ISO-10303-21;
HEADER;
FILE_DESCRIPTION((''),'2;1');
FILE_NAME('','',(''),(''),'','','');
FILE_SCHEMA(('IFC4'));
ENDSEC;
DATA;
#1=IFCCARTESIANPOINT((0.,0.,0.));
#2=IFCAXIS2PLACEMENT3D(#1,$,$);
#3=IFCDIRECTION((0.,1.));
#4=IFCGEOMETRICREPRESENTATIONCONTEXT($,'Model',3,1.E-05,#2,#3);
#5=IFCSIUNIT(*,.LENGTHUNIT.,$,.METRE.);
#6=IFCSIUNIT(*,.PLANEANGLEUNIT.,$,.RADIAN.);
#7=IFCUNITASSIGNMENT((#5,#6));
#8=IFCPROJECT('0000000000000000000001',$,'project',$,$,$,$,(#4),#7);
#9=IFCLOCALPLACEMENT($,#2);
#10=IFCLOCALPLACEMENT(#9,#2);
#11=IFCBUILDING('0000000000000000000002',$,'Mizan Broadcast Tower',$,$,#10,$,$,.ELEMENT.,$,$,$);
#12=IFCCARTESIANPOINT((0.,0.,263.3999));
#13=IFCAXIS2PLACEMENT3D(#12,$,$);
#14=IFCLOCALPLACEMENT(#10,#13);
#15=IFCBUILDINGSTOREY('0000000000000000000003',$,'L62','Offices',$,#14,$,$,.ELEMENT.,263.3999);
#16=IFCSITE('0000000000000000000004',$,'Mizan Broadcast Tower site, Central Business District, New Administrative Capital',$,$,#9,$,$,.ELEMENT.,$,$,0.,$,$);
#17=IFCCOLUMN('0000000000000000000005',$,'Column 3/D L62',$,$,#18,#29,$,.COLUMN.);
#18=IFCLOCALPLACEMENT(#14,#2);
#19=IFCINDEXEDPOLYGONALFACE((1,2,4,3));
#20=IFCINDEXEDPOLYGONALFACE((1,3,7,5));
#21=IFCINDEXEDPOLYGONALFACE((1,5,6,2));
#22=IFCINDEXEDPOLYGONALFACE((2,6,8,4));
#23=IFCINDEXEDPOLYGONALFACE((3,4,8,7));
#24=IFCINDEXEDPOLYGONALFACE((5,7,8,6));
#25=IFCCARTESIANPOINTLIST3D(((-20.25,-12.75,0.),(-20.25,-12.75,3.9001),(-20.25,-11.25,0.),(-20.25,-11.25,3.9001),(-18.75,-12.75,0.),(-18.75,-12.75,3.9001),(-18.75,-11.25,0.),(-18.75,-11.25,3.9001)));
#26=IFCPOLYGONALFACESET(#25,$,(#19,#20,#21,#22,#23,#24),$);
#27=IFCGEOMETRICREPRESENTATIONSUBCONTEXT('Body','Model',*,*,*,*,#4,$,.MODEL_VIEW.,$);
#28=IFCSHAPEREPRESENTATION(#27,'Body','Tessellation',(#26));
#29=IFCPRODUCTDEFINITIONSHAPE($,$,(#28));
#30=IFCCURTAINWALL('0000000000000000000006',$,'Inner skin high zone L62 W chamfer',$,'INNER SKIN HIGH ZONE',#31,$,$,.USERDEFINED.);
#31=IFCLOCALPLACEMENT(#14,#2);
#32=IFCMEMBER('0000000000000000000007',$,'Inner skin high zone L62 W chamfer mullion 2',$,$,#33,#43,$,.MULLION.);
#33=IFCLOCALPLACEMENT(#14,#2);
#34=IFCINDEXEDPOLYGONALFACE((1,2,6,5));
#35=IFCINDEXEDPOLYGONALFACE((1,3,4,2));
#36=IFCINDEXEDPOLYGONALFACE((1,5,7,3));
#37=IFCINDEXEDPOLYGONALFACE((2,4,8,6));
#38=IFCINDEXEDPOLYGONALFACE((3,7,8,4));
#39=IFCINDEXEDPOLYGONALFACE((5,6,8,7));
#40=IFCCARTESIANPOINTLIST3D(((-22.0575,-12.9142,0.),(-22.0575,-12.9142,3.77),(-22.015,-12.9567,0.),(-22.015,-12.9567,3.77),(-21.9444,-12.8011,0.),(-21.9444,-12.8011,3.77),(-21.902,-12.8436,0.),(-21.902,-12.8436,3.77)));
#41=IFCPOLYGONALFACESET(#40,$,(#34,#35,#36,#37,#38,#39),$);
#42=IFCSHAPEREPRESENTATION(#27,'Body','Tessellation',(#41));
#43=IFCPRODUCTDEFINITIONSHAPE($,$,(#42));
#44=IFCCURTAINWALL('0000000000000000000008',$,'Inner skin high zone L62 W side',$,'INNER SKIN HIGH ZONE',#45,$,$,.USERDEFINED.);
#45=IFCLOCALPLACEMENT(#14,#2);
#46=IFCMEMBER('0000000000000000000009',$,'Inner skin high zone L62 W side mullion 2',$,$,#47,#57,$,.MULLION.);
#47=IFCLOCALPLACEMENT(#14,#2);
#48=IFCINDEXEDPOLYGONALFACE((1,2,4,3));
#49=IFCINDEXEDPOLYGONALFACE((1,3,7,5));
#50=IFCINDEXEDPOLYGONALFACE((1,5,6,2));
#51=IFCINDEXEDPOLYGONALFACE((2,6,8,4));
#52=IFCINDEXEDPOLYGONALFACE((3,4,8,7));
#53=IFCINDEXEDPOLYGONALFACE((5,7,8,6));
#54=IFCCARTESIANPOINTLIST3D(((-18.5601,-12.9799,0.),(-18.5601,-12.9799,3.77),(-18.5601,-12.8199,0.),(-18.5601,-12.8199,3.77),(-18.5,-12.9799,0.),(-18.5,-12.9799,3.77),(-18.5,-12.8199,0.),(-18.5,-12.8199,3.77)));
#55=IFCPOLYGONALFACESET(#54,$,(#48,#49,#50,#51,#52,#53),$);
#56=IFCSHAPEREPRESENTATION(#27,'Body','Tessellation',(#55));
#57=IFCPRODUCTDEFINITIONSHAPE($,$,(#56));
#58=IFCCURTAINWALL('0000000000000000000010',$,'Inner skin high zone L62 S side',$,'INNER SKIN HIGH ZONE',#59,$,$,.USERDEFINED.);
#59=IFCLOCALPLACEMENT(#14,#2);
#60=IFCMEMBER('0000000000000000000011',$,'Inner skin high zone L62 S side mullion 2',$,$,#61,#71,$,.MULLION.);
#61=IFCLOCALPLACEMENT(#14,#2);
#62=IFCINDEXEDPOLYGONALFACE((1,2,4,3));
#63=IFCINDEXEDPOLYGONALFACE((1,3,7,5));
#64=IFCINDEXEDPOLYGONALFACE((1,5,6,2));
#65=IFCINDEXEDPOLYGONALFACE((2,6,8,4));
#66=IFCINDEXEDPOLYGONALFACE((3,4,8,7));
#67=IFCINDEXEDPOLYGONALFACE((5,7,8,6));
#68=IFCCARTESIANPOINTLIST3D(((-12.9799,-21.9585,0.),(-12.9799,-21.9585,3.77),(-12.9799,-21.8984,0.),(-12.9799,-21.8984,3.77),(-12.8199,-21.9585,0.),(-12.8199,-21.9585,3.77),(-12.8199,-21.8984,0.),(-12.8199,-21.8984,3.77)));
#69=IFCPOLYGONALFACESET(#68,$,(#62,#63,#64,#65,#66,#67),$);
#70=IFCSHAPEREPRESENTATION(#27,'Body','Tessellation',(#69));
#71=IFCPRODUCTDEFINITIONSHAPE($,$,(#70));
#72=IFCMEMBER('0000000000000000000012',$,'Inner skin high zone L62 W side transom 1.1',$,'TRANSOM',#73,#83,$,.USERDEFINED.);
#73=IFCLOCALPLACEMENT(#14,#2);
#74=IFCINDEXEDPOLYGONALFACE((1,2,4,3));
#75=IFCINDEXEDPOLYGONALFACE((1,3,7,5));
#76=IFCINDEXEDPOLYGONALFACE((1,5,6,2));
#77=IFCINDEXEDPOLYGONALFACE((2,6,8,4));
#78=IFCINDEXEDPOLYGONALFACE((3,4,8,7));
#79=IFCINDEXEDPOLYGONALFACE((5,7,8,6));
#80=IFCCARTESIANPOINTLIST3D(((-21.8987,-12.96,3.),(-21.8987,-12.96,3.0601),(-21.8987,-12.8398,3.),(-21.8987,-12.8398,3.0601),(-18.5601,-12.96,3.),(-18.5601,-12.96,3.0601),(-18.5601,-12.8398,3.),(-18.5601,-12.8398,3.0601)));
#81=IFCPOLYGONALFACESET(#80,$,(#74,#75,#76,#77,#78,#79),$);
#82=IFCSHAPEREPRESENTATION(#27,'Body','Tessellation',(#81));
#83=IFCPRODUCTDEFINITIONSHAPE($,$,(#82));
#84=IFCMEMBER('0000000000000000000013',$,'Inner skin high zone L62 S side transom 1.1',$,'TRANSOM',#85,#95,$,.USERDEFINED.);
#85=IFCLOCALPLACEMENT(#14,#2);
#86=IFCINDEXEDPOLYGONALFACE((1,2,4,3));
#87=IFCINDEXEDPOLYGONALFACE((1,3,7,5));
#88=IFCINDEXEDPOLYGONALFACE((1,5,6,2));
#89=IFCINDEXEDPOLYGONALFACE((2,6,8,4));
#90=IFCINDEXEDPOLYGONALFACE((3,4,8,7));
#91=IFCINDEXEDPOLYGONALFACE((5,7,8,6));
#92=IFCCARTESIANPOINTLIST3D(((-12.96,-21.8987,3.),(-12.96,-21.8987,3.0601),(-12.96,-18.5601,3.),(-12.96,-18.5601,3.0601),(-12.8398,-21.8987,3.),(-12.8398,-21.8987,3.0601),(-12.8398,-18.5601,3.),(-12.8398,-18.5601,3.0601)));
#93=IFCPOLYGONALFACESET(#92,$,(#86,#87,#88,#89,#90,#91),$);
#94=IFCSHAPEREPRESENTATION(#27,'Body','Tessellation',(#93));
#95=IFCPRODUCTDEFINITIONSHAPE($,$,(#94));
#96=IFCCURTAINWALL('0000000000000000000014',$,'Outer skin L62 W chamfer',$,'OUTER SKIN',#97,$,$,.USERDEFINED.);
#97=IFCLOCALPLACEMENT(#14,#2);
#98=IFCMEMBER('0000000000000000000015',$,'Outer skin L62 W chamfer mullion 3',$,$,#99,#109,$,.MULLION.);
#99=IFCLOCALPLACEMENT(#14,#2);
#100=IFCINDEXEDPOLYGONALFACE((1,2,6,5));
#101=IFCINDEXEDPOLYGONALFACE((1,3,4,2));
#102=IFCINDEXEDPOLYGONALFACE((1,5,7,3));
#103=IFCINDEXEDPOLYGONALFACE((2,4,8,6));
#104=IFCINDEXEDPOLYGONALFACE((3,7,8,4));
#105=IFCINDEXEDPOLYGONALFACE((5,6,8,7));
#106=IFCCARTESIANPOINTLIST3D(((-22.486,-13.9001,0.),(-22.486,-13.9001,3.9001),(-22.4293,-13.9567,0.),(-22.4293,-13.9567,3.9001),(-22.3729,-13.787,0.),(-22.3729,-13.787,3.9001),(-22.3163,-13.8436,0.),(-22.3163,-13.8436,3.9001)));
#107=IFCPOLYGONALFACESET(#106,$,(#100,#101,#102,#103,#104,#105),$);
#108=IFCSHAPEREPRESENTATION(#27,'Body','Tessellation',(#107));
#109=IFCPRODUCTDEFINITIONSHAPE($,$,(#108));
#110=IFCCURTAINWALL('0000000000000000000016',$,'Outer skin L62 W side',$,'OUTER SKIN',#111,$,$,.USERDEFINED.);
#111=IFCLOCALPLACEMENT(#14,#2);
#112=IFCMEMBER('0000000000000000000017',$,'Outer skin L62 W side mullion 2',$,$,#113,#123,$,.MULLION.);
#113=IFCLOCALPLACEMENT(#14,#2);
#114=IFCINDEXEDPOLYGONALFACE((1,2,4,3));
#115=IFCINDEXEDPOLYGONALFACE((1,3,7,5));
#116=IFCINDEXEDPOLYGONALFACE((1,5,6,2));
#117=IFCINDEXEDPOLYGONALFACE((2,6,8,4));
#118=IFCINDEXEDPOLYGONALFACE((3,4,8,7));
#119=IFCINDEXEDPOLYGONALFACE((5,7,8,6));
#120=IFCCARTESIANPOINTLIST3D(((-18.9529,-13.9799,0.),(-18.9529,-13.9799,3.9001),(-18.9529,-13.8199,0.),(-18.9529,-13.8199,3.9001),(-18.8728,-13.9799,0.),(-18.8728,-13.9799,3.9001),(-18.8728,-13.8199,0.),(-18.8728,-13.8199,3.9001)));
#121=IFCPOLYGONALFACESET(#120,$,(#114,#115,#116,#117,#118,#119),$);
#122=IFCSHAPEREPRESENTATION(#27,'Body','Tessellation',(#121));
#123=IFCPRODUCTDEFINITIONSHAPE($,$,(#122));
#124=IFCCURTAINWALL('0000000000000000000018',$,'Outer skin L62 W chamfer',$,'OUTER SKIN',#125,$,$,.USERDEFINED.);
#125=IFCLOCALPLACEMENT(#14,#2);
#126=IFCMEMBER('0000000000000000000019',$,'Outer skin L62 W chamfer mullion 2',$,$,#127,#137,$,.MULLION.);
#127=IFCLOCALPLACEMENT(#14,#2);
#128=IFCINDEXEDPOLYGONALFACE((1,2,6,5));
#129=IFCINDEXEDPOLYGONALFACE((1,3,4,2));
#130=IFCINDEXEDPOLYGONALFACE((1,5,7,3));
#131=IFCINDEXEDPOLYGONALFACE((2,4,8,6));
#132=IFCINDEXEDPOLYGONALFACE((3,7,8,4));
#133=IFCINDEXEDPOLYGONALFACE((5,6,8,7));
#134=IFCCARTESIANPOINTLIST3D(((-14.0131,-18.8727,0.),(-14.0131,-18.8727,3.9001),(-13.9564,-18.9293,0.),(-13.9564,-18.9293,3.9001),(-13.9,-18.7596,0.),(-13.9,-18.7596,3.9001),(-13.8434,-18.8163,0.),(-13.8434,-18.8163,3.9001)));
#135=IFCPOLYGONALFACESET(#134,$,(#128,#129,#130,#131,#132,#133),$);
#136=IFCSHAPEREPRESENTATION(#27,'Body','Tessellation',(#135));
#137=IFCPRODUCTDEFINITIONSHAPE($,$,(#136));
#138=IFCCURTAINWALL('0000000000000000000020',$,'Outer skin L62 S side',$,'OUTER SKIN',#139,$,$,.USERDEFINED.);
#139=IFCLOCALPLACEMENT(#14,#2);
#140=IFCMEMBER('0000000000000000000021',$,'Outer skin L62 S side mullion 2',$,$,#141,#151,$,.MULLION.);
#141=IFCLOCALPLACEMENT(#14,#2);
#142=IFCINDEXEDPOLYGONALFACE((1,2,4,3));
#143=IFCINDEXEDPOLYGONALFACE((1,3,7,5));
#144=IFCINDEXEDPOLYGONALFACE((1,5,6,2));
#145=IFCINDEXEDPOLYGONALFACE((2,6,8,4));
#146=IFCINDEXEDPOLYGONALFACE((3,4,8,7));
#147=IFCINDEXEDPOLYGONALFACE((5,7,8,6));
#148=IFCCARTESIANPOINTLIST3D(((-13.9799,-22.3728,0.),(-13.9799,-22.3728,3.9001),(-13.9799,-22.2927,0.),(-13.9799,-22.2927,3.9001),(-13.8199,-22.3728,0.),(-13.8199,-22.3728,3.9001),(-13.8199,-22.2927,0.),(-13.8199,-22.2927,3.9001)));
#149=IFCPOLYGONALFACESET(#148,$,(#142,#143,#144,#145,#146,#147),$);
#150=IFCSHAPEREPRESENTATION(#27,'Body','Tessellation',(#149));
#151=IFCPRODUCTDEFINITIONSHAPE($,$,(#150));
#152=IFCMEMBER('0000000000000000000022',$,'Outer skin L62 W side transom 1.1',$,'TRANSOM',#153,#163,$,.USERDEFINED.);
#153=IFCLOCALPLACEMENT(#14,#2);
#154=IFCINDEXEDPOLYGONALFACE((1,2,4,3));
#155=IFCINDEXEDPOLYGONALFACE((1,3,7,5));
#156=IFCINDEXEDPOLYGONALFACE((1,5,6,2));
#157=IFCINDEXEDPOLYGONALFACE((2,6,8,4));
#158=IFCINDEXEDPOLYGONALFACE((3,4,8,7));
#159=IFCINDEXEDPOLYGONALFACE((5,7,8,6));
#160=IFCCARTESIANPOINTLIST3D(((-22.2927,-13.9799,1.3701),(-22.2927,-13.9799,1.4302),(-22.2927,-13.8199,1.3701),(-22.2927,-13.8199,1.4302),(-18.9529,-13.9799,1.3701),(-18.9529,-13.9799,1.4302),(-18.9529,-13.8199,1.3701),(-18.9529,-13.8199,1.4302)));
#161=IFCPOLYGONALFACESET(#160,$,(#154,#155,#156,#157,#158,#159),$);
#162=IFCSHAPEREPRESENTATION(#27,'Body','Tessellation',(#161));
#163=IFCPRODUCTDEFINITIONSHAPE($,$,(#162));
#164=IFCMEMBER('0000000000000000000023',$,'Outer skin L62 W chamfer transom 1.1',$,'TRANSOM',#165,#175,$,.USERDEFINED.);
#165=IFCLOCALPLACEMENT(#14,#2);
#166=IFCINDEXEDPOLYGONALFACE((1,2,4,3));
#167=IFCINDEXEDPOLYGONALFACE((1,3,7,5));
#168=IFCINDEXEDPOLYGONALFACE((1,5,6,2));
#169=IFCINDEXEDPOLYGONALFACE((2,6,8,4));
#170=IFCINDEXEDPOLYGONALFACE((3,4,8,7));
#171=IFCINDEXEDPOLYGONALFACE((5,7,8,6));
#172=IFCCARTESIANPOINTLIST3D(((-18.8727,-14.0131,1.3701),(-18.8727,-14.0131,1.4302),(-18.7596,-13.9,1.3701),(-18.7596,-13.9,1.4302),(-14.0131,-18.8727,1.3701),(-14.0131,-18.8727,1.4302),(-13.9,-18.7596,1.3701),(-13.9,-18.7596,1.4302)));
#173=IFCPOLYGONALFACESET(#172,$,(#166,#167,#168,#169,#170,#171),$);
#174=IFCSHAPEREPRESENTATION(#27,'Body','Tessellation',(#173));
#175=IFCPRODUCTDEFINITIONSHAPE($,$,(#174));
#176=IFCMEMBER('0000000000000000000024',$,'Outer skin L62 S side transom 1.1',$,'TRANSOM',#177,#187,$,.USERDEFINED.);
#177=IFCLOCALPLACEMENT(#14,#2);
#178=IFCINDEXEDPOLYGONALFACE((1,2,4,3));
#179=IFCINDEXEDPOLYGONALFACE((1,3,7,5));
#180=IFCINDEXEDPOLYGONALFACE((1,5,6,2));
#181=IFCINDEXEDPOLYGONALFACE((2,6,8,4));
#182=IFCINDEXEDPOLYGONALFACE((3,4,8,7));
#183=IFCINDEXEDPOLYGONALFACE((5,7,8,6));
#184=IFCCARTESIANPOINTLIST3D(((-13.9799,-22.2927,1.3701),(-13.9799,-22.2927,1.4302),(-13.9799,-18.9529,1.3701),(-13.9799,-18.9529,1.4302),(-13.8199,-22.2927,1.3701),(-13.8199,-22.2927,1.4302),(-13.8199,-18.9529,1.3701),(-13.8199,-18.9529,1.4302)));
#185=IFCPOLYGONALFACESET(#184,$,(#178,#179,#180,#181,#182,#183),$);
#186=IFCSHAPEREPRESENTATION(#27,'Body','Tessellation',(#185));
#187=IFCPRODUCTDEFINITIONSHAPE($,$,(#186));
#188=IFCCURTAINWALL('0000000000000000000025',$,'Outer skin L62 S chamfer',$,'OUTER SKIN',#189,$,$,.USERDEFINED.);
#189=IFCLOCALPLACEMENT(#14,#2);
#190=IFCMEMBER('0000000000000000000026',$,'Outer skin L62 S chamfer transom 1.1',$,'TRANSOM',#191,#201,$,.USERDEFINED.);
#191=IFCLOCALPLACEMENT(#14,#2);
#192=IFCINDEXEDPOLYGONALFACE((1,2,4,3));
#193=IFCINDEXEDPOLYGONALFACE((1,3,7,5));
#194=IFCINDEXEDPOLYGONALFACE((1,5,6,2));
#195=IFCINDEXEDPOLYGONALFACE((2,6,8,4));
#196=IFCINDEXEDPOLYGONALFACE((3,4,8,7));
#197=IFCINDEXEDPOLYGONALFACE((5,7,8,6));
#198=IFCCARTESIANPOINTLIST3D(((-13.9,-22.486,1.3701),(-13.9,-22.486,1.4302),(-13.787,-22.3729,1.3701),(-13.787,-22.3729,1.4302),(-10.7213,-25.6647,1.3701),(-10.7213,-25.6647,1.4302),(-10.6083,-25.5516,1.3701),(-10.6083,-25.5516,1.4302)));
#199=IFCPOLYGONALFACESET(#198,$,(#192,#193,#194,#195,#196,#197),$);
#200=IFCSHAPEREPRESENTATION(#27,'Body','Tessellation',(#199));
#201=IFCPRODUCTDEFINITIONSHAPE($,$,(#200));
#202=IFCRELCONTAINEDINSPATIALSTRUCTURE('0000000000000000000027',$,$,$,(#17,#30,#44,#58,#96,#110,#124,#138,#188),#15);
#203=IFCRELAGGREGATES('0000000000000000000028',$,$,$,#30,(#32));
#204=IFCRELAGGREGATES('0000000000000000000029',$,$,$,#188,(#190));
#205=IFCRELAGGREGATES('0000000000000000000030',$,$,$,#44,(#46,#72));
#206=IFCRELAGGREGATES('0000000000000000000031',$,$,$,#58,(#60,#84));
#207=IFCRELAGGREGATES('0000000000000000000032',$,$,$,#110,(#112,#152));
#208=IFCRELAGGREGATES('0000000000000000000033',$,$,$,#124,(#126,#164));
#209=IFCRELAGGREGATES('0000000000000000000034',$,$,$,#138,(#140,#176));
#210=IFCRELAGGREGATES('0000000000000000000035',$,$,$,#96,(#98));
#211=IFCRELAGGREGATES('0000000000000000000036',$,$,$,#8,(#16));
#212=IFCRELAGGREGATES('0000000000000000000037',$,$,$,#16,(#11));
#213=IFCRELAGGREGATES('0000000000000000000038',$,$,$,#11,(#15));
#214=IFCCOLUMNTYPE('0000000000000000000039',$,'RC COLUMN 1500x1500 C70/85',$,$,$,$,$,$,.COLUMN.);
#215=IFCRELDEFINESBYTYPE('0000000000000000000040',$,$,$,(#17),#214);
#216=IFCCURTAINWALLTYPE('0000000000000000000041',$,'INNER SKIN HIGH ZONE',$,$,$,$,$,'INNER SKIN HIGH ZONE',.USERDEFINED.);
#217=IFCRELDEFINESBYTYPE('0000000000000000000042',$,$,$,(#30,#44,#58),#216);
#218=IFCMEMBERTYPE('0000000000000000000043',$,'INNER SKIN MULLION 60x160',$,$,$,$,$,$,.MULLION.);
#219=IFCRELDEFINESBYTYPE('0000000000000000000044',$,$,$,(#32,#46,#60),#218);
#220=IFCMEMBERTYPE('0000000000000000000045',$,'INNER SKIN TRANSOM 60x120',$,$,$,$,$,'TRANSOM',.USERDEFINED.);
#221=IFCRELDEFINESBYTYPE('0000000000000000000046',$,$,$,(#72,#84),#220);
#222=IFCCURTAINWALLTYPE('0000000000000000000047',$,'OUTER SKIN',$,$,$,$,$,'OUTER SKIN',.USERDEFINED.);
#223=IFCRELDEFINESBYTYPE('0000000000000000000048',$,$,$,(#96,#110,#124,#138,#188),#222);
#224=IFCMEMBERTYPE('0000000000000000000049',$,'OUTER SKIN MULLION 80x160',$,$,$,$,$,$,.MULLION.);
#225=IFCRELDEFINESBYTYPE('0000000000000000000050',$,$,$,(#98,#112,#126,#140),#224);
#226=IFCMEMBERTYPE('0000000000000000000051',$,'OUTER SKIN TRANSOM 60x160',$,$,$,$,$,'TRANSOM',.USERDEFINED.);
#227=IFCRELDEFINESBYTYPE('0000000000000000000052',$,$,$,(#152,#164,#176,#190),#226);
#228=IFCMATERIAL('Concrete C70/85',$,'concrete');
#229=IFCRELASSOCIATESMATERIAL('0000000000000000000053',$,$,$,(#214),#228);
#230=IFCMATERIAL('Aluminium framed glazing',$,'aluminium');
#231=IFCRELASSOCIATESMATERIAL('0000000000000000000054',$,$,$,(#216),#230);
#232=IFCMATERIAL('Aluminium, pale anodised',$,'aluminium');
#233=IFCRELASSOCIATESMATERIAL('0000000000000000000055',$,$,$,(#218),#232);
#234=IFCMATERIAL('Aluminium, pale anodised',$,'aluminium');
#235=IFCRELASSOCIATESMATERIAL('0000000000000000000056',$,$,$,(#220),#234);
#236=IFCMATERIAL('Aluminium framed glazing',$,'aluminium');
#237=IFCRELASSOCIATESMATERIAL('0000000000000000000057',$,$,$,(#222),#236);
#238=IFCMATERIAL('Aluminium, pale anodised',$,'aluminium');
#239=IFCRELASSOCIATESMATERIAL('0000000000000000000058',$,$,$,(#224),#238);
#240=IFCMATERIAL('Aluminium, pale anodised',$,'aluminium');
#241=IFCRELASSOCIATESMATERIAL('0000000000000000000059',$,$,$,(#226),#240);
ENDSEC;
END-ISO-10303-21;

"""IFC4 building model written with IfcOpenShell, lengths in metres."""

from ifc_helpers import new_model, si_unit, direction, frame, origin, origin_2d, place, context, subcontext, project, spatial, rectangle, extrude, material, material_profile, profile_set, type_object, element, aggregate, save


model = new_model("IFC4")

# Units and contexts
model_context = context("Model", 3, precision=1e-05, world=origin(), true_north=direction((0.0, 1.0)))
body_context = subcontext(model_context, "Body", "Model", "MODEL_VIEW")
ifc_project = project(units=[si_unit("LENGTHUNIT", "METRE"), si_unit("PLANEANGLEUNIT", "RADIAN")], contexts=[model_context])

# Site, building, storey
site_placement = place(None, origin())
site = spatial("IfcSite", under=ifc_project, at=site_placement, Name="Mizan Broadcast Tower site, Central Business District, New Administrative Capital", CompositionType="ELEMENT", RefElevation=0.0)
building_placement = place(site_placement, origin())
building = spatial("IfcBuilding", under=site, at=building_placement, Name="Mizan Broadcast Tower", CompositionType="ELEMENT")
storey_placement = place(building_placement, frame((0.0, 0.0, 263.3999)))
storey = spatial("IfcBuildingStorey", under=building, at=storey_placement, Name="L62", Description="Offices", CompositionType="ELEMENT", Elevation=263.3999)

# Column
ifc_material_1 = material(Name="Concrete C70/85", Category="concrete")
ifc_material_profile_1 = material_profile(ifc_material_1, rectangle(XDim=1.5, YDim=1.5, at=origin_2d()), Name="RC 1500x1500")
ifc_profile_set_1 = profile_set([ifc_material_profile_1], Name="Concrete C70/85")
column_type = type_object("IfcColumnType", Name="RC COLUMN 1500x1500 C70/85", PredefinedType="COLUMN", material=ifc_profile_set_1)
column_placement = place(storey_placement, frame((-19.5, -12.0, 0.0), z_axis=(0.0, 0.0, 1.0), x_axis=(1.0, 0.0, 0.0)))
element("IfcColumn", 1, at=column_placement, inside=storey, type_object=column_type, Name="Column 3/D L62", PredefinedType="COLUMN", context=body_context, shape_type="SweptSolid", body=[
    extrude(rectangle(XDim=1.5, YDim=1.5, at=origin_2d()), origin(), (0.0, 0.0, 1.0), 3.9001),
])

# Curtain walls, members
ifc_material_2 = material(Name="Aluminium framed glazing", Category="aluminium")
curtain_wall_type_1 = type_object("IfcCurtainWallType", Name="INNER SKIN HIGH ZONE", ElementType="INNER SKIN HIGH ZONE", PredefinedType="USERDEFINED", material=ifc_material_2)
curtain_wall_1_placement = place(storey_placement, origin())
curtain_wall_1 = element("IfcCurtainWall", 2, at=curtain_wall_1_placement, inside=storey, type_object=curtain_wall_type_1, Name="Inner skin high zone L62 W chamfer", ObjectType="INNER SKIN HIGH ZONE", PredefinedType="USERDEFINED")
ifc_material_3 = material(Name="Aluminium, pale anodised", Category="aluminium")
ifc_material_profile_2 = material_profile(ifc_material_3, rectangle(XDim=0.1599, YDim=0.0601, at=origin_2d()), Name="MULLION 160x60")
ifc_profile_set_2 = profile_set([ifc_material_profile_2], Name="Aluminium, pale anodised")
member_type_1 = type_object("IfcMemberType", Name="INNER SKIN MULLION 60x160", PredefinedType="MULLION", material=ifc_profile_set_2)
member_1_placement = place(storey_placement, frame((-21.9797, -12.8789, 0.0), z_axis=(0.0, 0.0, 1.0), x_axis=(0.707107, 0.707107, 0.0)))
member_1 = element("IfcMember", 3, at=member_1_placement, type_object=member_type_1, Name="Inner skin high zone L62 W chamfer mullion 2", PredefinedType="MULLION", context=body_context, shape_type="SweptSolid", body=[
    extrude(rectangle(XDim=0.1599, YDim=0.0601, at=origin_2d()), origin(), (0.0, 0.0, 1.0), 3.77),
])
aggregate(curtain_wall_1, [member_1])
curtain_wall_2_placement = place(storey_placement, origin())
curtain_wall_2 = element("IfcCurtainWall", 4, at=curtain_wall_2_placement, inside=storey, type_object=curtain_wall_type_1, Name="Inner skin high zone L62 W side", ObjectType="INNER SKIN HIGH ZONE", PredefinedType="USERDEFINED")
member_2_placement = place(storey_placement, frame((-18.53, -12.8999, 0.0), z_axis=(0.0, 0.0, 1.0), x_axis=(0.0, 1.0, 0.0)))
member_2 = element("IfcMember", 5, at=member_2_placement, type_object=member_type_1, Name="Inner skin high zone L62 W side mullion 2", PredefinedType="MULLION", context=body_context, shape_type="SweptSolid", body=[
    extrude(rectangle(XDim=0.1599, YDim=0.0601, at=origin_2d()), origin(), (0.0, 0.0, 1.0), 3.77),
])
curtain_wall_3_placement = place(storey_placement, origin())
curtain_wall_3 = element("IfcCurtainWall", 6, at=curtain_wall_3_placement, inside=storey, type_object=curtain_wall_type_1, Name="Inner skin high zone L62 S side", ObjectType="INNER SKIN HIGH ZONE", PredefinedType="USERDEFINED")
member_3_placement = place(storey_placement, frame((-12.8999, -21.9285, 0.0), z_axis=(0.0, 0.0, 1.0), x_axis=(1.0, 0.0, 0.0)))
member_3 = element("IfcMember", 7, at=member_3_placement, type_object=member_type_1, Name="Inner skin high zone L62 S side mullion 2", PredefinedType="MULLION", context=body_context, shape_type="SweptSolid", body=[
    extrude(rectangle(XDim=0.1599, YDim=0.0601, at=origin_2d()), origin(), (0.0, 0.0, 1.0), 3.77),
])

# Members
ifc_material_4 = material(Name="Aluminium, pale anodised", Category="aluminium")
ifc_material_profile_3 = material_profile(ifc_material_4, rectangle(XDim=0.1201, YDim=0.0601, at=origin_2d()), Name="TRANSOM 120x60")
ifc_profile_set_3 = profile_set([ifc_material_profile_3], Name="Aluminium, pale anodised")
member_type_2 = type_object("IfcMemberType", Name="INNER SKIN TRANSOM 60x120", ElementType="TRANSOM", PredefinedType="USERDEFINED", material=ifc_profile_set_3)
member_4_placement = place(storey_placement, frame((-21.8987, -12.8999, 3.03), z_axis=(1.0, 0.0, 0.0), x_axis=(0.0, 1.0, 0.0)))
member_4 = element("IfcMember", 8, at=member_4_placement, type_object=member_type_2, Name="Inner skin high zone L62 W side transom 1.1", ObjectType="TRANSOM", PredefinedType="USERDEFINED", context=body_context, shape_type="SweptSolid", body=[
    extrude(rectangle(XDim=0.1201, YDim=0.0601, at=origin_2d()), origin(), (0.0, 0.0, 1.0), 3.3386),
])
member_5_placement = place(storey_placement, frame((-12.8999, -18.5601, 3.03), z_axis=(0.0, -1.0, 0.0), x_axis=(1.0, 0.0, 0.0)))
member_5 = element("IfcMember", 9, at=member_5_placement, type_object=member_type_2, Name="Inner skin high zone L62 S side transom 1.1", ObjectType="TRANSOM", PredefinedType="USERDEFINED", context=body_context, shape_type="SweptSolid", body=[
    extrude(rectangle(XDim=0.1201, YDim=0.0601, at=origin_2d()), origin(), (0.0, 0.0, 1.0), 3.3386),
])

# Curtain walls, members
ifc_material_5 = material(Name="Aluminium framed glazing", Category="aluminium")
curtain_wall_type_2 = type_object("IfcCurtainWallType", Name="OUTER SKIN", ElementType="OUTER SKIN", PredefinedType="USERDEFINED", material=ifc_material_5)
curtain_wall_4_placement = place(storey_placement, origin())
curtain_wall_4 = element("IfcCurtainWall", 10, at=curtain_wall_4_placement, inside=storey, type_object=curtain_wall_type_2, Name="Outer skin L62 W chamfer", ObjectType="OUTER SKIN", PredefinedType="USERDEFINED")
ifc_material_6 = material(Name="Aluminium, pale anodised", Category="aluminium")
ifc_material_profile_4 = material_profile(ifc_material_6, rectangle(XDim=0.1599, YDim=0.0801, at=origin_2d()), Name="MULLION 160x80")
ifc_profile_set_4 = profile_set([ifc_material_profile_4], Name="Aluminium, pale anodised")
member_type_3 = type_object("IfcMemberType", Name="OUTER SKIN MULLION 80x160", PredefinedType="MULLION", material=ifc_profile_set_4)
member_6_placement = place(storey_placement, frame((-22.4011, -13.8718, 0.0), z_axis=(0.0, 0.0, 1.0), x_axis=(0.707107, 0.707107, 0.0)))
member_6 = element("IfcMember", 11, at=member_6_placement, type_object=member_type_3, Name="Outer skin L62 W chamfer mullion 3", PredefinedType="MULLION", context=body_context, shape_type="SweptSolid", body=[
    extrude(rectangle(XDim=0.1599, YDim=0.0801, at=origin_2d()), origin(), (0.0, 0.0, 1.0), 3.9001),
])
curtain_wall_5_placement = place(storey_placement, origin())
curtain_wall_5 = element("IfcCurtainWall", 12, at=curtain_wall_5_placement, inside=storey, type_object=curtain_wall_type_2, Name="Outer skin L62 W side", ObjectType="OUTER SKIN", PredefinedType="USERDEFINED")
member_7_placement = place(storey_placement, frame((-18.9128, -13.8999, 0.0), z_axis=(0.0, 0.0, 1.0), x_axis=(0.0, 1.0, 0.0)))
member_7 = element("IfcMember", 13, at=member_7_placement, type_object=member_type_3, Name="Outer skin L62 W side mullion 2", PredefinedType="MULLION", context=body_context, shape_type="SweptSolid", body=[
    extrude(rectangle(XDim=0.1599, YDim=0.0801, at=origin_2d()), origin(), (0.0, 0.0, 1.0), 3.9001),
])
curtain_wall_6_placement = place(storey_placement, origin())
curtain_wall_6 = element("IfcCurtainWall", 14, at=curtain_wall_6_placement, inside=storey, type_object=curtain_wall_type_2, Name="Outer skin L62 W chamfer", ObjectType="OUTER SKIN", PredefinedType="USERDEFINED")
member_8_placement = place(storey_placement, frame((-13.9282, -18.8445, 0.0), z_axis=(0.0, 0.0, 1.0), x_axis=(0.707107, 0.707107, 0.0)))
member_8 = element("IfcMember", 15, at=member_8_placement, type_object=member_type_3, Name="Outer skin L62 W chamfer mullion 2", PredefinedType="MULLION", context=body_context, shape_type="SweptSolid", body=[
    extrude(rectangle(XDim=0.1599, YDim=0.0801, at=origin_2d()), origin(), (0.0, 0.0, 1.0), 3.9001),
])
curtain_wall_7_placement = place(storey_placement, origin())
curtain_wall_7 = element("IfcCurtainWall", 16, at=curtain_wall_7_placement, inside=storey, type_object=curtain_wall_type_2, Name="Outer skin L62 S side", ObjectType="OUTER SKIN", PredefinedType="USERDEFINED")
member_9_placement = place(storey_placement, frame((-13.8999, -22.3328, 0.0), z_axis=(0.0, 0.0, 1.0), x_axis=(1.0, 0.0, 0.0)))
member_9 = element("IfcMember", 17, at=member_9_placement, type_object=member_type_3, Name="Outer skin L62 S side mullion 2", PredefinedType="MULLION", context=body_context, shape_type="SweptSolid", body=[
    extrude(rectangle(XDim=0.1599, YDim=0.0801, at=origin_2d()), origin(), (0.0, 0.0, 1.0), 3.9001),
])

# Members
ifc_material_7 = material(Name="Aluminium, pale anodised", Category="aluminium")
ifc_material_profile_5 = material_profile(ifc_material_7, rectangle(XDim=0.1599, YDim=0.0601, at=origin_2d()), Name="TRANSOM 160x60")
ifc_profile_set_5 = profile_set([ifc_material_profile_5], Name="Aluminium, pale anodised")
member_type_4 = type_object("IfcMemberType", Name="OUTER SKIN TRANSOM 60x160", ElementType="TRANSOM", PredefinedType="USERDEFINED", material=ifc_profile_set_5)
member_10_placement = place(storey_placement, frame((-22.2927, -13.8999, 1.4001), z_axis=(1.0, 0.0, 0.0), x_axis=(0.0, 1.0, 0.0)))
member_10 = element("IfcMember", 18, at=member_10_placement, type_object=member_type_4, Name="Outer skin L62 W side transom 1.1", ObjectType="TRANSOM", PredefinedType="USERDEFINED", context=body_context, shape_type="SweptSolid", body=[
    extrude(rectangle(XDim=0.1599, YDim=0.0601, at=origin_2d()), origin(), (0.0, 0.0, 1.0), 3.3398),
])
member_11_placement = place(storey_placement, frame((-18.8162, -13.9565, 1.4001), z_axis=(0.707107, -0.707107, 0.0), x_axis=(0.707107, 0.707107, 0.0)))
member_11 = element("IfcMember", 19, at=member_11_placement, type_object=member_type_4, Name="Outer skin L62 W chamfer transom 1.1", ObjectType="TRANSOM", PredefinedType="USERDEFINED", context=body_context, shape_type="SweptSolid", body=[
    extrude(rectangle(XDim=0.1599, YDim=0.0601, at=origin_2d()), origin(), (0.0, 0.0, 1.0), 6.8726),
])
member_12_placement = place(storey_placement, frame((-13.8999, -18.9529, 1.4001), z_axis=(0.0, -1.0, 0.0), x_axis=(1.0, 0.0, 0.0)))
member_12 = element("IfcMember", 20, at=member_12_placement, type_object=member_type_4, Name="Outer skin L62 S side transom 1.1", ObjectType="TRANSOM", PredefinedType="USERDEFINED", context=body_context, shape_type="SweptSolid", body=[
    extrude(rectangle(XDim=0.1599, YDim=0.0601, at=origin_2d()), origin(), (0.0, 0.0, 1.0), 3.3398),
])

# Curtain wall, member
curtain_wall_8_placement = place(storey_placement, origin())
curtain_wall_8 = element("IfcCurtainWall", 21, at=curtain_wall_8_placement, inside=storey, type_object=curtain_wall_type_2, Name="Outer skin L62 S chamfer", ObjectType="OUTER SKIN", PredefinedType="USERDEFINED")
member_13_placement = place(storey_placement, frame((-13.8435, -22.4294, 1.4001), z_axis=(0.707107, -0.707107, 0.0), x_axis=(0.707107, 0.707107, 0.0)))
member_13 = element("IfcMember", 22, at=member_13_placement, type_object=member_type_4, Name="Outer skin L62 S chamfer transom 1.1", ObjectType="TRANSOM", PredefinedType="USERDEFINED", context=body_context, shape_type="SweptSolid", body=[
    extrude(rectangle(XDim=0.1599, YDim=0.0601, at=origin_2d()), origin(), (0.0, 0.0, 1.0), 4.4954),
])
aggregate(curtain_wall_8, [member_13])

aggregate(curtain_wall_2, [member_2, member_4])
aggregate(curtain_wall_3, [member_3, member_5])
aggregate(curtain_wall_5, [member_7, member_10])
aggregate(curtain_wall_6, [member_8, member_11])
aggregate(curtain_wall_7, [member_9, member_12])
aggregate(curtain_wall_4, [member_6])

save(model, "model.ifc")
